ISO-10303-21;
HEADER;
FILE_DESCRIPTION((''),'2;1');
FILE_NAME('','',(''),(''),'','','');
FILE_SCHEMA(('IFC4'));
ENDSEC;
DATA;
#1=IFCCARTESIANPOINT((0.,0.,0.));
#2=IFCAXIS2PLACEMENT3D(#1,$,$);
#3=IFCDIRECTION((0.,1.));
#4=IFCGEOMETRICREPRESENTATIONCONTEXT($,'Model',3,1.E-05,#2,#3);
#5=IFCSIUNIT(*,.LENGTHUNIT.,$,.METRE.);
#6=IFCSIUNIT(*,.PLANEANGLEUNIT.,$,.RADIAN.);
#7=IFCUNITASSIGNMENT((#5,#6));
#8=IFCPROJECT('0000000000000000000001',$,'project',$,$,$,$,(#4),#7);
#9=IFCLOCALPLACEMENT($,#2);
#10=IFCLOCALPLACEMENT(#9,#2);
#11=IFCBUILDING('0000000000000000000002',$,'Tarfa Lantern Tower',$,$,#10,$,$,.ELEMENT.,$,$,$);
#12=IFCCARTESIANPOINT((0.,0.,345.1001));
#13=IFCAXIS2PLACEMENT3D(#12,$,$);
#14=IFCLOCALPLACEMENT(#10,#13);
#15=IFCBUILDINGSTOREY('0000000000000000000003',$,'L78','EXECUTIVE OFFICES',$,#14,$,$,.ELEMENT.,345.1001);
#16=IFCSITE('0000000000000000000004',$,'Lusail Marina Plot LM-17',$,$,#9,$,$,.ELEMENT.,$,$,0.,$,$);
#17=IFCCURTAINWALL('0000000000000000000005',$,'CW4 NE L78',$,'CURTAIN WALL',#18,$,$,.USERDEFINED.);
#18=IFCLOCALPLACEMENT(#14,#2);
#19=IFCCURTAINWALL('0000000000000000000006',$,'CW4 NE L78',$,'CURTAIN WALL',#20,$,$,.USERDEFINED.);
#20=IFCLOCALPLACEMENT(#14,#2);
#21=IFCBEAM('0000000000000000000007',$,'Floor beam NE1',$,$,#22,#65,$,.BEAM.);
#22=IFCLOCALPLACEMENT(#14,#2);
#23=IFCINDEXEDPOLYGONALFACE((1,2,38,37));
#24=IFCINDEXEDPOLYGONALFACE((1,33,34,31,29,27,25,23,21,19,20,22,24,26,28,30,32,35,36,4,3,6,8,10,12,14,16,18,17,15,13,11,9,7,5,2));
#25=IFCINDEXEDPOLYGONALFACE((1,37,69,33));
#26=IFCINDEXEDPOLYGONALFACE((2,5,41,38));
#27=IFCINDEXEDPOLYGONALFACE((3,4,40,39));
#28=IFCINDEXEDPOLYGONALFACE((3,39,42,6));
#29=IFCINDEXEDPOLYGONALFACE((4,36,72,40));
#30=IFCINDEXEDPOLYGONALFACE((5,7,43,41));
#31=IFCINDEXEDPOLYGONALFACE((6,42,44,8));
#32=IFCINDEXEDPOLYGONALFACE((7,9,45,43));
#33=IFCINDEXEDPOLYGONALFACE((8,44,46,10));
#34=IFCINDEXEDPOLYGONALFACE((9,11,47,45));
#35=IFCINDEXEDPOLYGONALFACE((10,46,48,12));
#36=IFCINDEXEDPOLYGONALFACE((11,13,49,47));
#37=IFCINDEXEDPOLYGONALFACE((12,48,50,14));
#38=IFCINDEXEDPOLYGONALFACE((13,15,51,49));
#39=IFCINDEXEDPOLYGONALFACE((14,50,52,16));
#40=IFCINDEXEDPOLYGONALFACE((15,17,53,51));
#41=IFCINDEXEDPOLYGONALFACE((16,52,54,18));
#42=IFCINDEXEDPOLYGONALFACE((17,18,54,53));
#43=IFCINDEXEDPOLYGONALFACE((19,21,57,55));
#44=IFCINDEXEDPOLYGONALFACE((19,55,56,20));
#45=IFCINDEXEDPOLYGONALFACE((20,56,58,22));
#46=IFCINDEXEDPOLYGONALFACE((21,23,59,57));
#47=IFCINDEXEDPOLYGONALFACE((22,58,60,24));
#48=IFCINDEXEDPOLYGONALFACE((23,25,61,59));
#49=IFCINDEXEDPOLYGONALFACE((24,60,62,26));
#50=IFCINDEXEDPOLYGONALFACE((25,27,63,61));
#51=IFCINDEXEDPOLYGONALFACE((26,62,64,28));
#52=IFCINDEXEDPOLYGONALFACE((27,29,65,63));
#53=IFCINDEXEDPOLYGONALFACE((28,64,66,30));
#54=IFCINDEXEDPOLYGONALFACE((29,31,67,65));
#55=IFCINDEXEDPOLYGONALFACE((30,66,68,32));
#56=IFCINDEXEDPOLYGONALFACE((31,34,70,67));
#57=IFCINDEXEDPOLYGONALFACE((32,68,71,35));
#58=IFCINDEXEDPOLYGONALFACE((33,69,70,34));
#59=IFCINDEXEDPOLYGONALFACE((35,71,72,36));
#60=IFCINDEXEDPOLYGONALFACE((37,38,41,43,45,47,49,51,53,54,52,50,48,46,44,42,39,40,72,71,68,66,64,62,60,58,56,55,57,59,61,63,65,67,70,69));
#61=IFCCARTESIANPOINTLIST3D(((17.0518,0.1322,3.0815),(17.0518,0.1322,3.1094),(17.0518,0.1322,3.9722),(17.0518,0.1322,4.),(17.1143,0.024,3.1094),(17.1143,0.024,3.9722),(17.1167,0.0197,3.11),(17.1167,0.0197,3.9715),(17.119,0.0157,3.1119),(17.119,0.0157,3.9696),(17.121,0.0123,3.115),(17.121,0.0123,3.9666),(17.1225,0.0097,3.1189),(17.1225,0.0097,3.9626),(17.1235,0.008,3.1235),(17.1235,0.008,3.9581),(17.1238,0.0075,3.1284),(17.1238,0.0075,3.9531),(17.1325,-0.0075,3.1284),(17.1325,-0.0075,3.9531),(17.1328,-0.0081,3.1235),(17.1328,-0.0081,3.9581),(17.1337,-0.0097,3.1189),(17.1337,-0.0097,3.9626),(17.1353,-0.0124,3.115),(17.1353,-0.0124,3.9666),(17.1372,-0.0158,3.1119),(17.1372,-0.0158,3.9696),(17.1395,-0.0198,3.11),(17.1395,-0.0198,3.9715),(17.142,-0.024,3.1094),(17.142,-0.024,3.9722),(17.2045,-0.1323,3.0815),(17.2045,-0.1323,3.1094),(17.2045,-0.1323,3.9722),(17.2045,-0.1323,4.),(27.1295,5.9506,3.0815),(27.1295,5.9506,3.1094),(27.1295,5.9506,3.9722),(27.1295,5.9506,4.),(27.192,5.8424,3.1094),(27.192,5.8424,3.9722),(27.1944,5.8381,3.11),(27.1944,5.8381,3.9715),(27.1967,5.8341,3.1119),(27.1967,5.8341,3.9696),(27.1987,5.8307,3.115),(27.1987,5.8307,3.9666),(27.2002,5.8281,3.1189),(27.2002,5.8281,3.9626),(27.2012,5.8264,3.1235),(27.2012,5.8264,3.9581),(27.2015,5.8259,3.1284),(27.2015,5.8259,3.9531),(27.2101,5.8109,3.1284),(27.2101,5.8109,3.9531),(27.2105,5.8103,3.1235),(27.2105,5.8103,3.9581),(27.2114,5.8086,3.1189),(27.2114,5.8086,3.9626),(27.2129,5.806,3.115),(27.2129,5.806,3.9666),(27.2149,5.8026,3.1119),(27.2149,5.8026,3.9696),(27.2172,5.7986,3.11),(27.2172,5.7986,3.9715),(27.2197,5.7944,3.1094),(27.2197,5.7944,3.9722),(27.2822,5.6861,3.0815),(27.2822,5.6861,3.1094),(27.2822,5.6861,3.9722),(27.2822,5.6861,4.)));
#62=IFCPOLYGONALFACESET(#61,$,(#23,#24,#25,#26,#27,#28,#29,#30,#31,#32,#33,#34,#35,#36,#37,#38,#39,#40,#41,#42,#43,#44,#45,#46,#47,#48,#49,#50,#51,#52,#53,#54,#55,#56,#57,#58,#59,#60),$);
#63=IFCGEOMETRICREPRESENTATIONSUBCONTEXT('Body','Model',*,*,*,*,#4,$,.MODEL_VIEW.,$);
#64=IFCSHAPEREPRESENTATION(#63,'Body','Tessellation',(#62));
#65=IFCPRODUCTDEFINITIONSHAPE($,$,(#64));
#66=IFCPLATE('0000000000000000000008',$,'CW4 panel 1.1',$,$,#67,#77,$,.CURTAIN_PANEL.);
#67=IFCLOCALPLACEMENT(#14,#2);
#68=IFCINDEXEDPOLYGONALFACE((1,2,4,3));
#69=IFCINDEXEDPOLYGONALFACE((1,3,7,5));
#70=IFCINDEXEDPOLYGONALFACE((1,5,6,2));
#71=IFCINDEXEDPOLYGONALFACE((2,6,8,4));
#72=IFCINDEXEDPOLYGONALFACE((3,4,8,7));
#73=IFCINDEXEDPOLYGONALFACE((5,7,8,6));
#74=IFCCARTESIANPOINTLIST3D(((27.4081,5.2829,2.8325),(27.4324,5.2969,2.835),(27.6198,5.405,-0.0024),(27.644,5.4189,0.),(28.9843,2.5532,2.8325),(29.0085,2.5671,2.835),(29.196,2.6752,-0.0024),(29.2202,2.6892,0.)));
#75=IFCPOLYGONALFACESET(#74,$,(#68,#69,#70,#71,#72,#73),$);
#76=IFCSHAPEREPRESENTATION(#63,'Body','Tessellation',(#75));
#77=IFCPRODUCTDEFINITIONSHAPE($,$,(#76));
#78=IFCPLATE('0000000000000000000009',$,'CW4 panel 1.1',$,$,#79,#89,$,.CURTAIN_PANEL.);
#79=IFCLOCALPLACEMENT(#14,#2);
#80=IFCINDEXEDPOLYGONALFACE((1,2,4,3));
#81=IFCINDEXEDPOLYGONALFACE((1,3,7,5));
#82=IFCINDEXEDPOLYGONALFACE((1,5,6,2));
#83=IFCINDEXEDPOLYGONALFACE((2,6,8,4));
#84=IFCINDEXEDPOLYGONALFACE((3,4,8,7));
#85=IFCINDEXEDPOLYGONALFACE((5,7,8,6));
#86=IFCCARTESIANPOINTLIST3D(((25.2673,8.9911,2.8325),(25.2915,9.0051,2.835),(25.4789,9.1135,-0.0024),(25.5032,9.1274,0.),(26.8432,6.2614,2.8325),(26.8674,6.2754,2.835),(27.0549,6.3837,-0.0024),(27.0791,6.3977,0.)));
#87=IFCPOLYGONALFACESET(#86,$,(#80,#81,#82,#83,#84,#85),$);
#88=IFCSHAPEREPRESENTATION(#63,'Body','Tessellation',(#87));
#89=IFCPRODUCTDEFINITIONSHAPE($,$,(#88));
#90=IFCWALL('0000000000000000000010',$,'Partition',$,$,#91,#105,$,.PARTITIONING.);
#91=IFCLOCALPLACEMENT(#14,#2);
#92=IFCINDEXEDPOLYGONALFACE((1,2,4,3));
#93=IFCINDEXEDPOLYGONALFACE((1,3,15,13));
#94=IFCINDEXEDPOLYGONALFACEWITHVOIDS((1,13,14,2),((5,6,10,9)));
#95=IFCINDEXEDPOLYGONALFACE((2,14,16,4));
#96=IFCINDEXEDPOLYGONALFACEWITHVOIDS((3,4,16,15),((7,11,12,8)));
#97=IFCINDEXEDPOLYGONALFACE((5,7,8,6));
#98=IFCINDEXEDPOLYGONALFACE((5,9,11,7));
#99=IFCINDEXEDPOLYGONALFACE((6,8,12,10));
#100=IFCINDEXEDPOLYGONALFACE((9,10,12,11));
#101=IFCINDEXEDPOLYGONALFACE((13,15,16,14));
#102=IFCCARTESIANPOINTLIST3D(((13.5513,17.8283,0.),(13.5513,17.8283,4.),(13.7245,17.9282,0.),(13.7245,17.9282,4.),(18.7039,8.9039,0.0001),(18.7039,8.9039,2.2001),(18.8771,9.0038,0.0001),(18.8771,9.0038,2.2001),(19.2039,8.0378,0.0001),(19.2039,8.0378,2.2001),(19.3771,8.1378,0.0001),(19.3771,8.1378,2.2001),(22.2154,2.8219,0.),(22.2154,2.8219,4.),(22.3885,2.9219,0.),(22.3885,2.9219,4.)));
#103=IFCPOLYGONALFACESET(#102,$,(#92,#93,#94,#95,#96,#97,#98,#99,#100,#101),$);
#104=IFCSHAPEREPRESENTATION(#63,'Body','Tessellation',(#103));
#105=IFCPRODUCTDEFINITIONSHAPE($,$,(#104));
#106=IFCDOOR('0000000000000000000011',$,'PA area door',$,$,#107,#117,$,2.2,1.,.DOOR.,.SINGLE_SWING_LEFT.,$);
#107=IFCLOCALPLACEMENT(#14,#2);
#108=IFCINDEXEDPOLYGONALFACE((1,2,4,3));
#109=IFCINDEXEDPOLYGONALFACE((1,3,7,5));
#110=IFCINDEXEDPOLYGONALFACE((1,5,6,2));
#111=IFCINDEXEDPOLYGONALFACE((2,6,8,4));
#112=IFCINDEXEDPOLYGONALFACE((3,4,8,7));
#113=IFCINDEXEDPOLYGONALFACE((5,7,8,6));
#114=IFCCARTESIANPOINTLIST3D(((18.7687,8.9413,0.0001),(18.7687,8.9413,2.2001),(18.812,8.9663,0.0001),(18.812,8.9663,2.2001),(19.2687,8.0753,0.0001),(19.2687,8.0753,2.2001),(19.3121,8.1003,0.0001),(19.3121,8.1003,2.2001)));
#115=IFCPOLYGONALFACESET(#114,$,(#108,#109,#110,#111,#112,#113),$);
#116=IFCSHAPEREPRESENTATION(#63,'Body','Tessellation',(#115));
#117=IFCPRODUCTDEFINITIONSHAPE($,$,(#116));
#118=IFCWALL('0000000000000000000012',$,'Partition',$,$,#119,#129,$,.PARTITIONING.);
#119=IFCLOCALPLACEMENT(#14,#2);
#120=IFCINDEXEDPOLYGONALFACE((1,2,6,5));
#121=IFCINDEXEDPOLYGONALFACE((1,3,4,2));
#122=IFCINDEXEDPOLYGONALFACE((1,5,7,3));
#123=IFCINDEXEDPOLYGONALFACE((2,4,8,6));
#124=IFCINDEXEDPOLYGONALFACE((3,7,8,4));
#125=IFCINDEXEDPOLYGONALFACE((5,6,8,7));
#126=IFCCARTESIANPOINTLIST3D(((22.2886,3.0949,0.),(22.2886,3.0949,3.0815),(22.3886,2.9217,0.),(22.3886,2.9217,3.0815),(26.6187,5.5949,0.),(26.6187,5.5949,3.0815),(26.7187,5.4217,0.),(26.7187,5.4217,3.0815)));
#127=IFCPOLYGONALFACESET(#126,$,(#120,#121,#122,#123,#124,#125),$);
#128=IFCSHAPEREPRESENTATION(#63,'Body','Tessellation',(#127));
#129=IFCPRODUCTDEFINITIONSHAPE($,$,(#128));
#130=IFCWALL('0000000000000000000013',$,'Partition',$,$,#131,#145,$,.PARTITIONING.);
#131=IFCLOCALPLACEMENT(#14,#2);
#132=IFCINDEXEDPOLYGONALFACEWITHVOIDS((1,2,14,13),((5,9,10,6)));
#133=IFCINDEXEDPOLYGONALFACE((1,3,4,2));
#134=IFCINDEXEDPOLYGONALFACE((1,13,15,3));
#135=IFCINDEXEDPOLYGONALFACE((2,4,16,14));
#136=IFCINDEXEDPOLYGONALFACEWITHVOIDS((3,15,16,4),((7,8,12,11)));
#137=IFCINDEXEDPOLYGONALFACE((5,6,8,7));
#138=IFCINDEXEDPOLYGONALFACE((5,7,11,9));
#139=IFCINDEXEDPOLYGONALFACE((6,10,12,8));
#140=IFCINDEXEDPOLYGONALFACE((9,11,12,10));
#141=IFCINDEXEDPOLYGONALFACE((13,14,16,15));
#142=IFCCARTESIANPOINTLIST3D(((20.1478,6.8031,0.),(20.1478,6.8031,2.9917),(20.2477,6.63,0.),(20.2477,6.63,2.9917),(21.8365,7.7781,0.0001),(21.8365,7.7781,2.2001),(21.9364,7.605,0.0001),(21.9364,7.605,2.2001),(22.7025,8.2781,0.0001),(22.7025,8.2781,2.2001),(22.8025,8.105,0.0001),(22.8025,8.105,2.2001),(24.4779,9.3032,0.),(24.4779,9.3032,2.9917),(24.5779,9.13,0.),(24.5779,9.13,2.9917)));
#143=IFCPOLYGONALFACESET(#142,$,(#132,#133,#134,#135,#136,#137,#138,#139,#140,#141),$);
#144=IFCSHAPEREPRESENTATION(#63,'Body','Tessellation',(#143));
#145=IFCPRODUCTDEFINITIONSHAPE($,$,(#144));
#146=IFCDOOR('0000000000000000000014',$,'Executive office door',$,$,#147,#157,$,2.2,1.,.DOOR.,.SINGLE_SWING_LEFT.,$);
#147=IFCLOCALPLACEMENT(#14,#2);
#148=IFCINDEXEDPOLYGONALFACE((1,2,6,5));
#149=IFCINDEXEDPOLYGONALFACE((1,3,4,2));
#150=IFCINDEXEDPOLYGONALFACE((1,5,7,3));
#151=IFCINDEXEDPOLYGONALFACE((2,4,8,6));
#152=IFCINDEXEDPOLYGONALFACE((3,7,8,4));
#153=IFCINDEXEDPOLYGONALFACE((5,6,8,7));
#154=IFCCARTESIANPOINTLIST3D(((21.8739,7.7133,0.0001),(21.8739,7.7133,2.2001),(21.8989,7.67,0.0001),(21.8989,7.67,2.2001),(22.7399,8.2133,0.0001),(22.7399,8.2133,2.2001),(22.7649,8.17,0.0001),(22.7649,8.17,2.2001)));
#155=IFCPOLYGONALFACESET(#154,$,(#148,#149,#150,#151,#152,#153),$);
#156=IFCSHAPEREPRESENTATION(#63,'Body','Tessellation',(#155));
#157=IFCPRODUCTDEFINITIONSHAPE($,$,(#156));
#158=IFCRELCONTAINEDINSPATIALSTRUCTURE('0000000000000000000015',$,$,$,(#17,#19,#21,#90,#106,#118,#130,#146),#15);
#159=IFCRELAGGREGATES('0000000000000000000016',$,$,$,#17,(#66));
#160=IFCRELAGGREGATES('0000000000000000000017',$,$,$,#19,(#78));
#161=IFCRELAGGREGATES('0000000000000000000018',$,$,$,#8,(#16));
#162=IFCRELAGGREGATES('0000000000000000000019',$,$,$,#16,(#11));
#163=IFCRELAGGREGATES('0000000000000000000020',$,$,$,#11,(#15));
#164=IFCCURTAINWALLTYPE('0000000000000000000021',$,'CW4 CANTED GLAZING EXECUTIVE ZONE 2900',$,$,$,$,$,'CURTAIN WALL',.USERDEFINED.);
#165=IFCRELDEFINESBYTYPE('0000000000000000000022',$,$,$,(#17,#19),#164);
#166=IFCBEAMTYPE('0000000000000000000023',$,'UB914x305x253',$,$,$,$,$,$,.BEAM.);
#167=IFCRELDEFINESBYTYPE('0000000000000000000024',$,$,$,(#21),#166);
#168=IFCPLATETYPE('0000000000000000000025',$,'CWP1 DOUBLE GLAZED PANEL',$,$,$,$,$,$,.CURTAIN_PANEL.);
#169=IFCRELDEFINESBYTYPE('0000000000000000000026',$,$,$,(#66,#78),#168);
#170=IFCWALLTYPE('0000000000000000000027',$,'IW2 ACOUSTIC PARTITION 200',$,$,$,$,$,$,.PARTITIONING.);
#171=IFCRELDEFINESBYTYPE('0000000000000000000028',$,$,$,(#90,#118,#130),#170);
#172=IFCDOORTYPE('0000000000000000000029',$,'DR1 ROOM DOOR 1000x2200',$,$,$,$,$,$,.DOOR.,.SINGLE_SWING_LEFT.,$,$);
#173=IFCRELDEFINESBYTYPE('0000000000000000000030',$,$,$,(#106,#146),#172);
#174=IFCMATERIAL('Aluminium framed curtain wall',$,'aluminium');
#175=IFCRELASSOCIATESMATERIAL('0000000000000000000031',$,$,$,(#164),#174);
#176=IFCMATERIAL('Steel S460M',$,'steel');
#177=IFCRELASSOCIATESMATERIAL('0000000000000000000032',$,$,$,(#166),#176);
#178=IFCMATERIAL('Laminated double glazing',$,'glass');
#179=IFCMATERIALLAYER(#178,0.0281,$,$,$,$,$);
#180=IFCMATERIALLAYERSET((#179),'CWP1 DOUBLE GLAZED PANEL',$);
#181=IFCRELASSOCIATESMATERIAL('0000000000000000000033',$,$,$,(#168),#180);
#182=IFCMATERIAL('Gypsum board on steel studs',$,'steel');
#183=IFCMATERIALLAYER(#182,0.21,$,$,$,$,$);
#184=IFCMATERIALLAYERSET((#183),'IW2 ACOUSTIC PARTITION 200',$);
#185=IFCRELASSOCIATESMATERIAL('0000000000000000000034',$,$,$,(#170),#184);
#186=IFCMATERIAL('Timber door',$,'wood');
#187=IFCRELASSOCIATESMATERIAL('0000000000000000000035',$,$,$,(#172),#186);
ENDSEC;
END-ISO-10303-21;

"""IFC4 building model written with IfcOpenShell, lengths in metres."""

from ifc_helpers import new_model, si_unit, direction, frame, frame_2d, origin, origin_2d, place, context, subcontext, project, spatial, polyline, rectangle, i_section, outline, extrude, material, layer, layer_set, material_profile, profile_set, type_object, element, fill, aggregate, save


model = new_model("IFC4")

# Units and contexts
model_context = context("Model", 3, precision=1e-05, world=origin(), true_north=direction((0.0, 1.0)))
body_context = subcontext(model_context, "Body", "Model", "MODEL_VIEW")
ifc_project = project(units=[si_unit("LENGTHUNIT", "METRE"), si_unit("PLANEANGLEUNIT", "RADIAN")], contexts=[model_context])

# Site, building, storey
site_placement = place(None, origin())
site = spatial("IfcSite", under=ifc_project, at=site_placement, Name="Lusail Marina Plot LM-17", CompositionType="ELEMENT", RefElevation=0.0)
building_placement = place(site_placement, origin())
building = spatial("IfcBuilding", under=site, at=building_placement, Name="Tarfa Lantern Tower", CompositionType="ELEMENT")
storey_placement = place(building_placement, frame((0.0, 0.0, 345.1001)))
storey = spatial("IfcBuildingStorey", under=building, at=storey_placement, Name="L78", Description="EXECUTIVE OFFICES", CompositionType="ELEMENT", Elevation=345.1001)

# Curtain walls
ifc_material_1 = material(Name="Aluminium framed curtain wall", Category="aluminium")
curtain_wall_type = type_object("IfcCurtainWallType", Name="CW4 CANTED GLAZING EXECUTIVE ZONE 2900", ElementType="CURTAIN WALL", PredefinedType="USERDEFINED", material=ifc_material_1)
curtain_wall_1_placement = place(storey_placement, origin())
curtain_wall_1 = element("IfcCurtainWall", 1, at=curtain_wall_1_placement, inside=storey, type_object=curtain_wall_type, Name="CW4 NE L78", ObjectType="CURTAIN WALL", PredefinedType="USERDEFINED")
curtain_wall_2_placement = place(storey_placement, origin())
curtain_wall_2 = element("IfcCurtainWall", 2, at=curtain_wall_2_placement, inside=storey, type_object=curtain_wall_type, Name="CW4 NE L78", ObjectType="CURTAIN WALL", PredefinedType="USERDEFINED")

# Beam
ifc_material_2 = material(Name="Steel S460M", Category="steel")
ifc_material_profile_1 = material_profile(ifc_material_2, i_section(OverallWidth=0.3054, OverallDepth=0.9185, WebThickness=0.0173, FlangeThickness=0.0278, FilletRadius=0.019, at=origin_2d()), Name="UB914x305x253")
ifc_profile_set_1 = profile_set([ifc_material_profile_1], Name="Steel S460M")
beam_type_1 = type_object("IfcBeamType", Name="UB914x305x253", PredefinedType="BEAM", material=ifc_profile_set_1)
beam_1_placement = place(storey_placement, frame((27.2058, 5.8184, 3.5408), z_axis=(-0.866024, -0.500002, 0.0), x_axis=(0.500002, -0.866024, 0.0)))
element("IfcBeam", 3, at=beam_1_placement, inside=storey, type_object=beam_type_1, Name="Floor beam NE1", PredefinedType="BEAM", context=body_context, shape_type="SweptSolid", body=[
    extrude(i_section(OverallWidth=0.3054, OverallDepth=0.9185, WebThickness=0.0173, FlangeThickness=0.0278, FilletRadius=0.019, at=origin_2d()), origin(), (0.0, 0.0, 1.0), 11.6367),
])

# Plates
ifc_material_3 = material(Name="Laminated double glazing", Category="glass")
ifc_layer_1 = layer(ifc_material_3, 0.0281)
ifc_layer_set_1 = layer_set([ifc_layer_1], Name="CWP1 DOUBLE GLAZED PANEL")
plate_type = type_object("IfcPlateType", Name="CWP1 DOUBLE GLAZED PANEL", PredefinedType="CURTAIN_PANEL", material=ifc_layer_set_1)
plate_1_placement = place(storey_placement, frame((29.2202, 2.6892, 0.0), z_axis=(0.862805, 0.498191, 0.085872), x_axis=(-0.500038, 0.866004, 0.0)))
plate_1 = element("IfcPlate", 4, at=plate_1_placement, type_object=plate_type, Name="CW4 panel 1.1", PredefinedType="CURTAIN_PANEL", context=body_context, shape_type="SweptSolid", body=[
    extrude(outline(polyline([(0.0, 0.0), (3.1521, 0.0), (3.1522, 2.8455), (0.0001, 2.8455), (0.0, 0.0)])), origin(), (0.0, 0.0, -1.0), 0.0281),
])
aggregate(curtain_wall_1, [plate_1])
plate_2_placement = place(storey_placement, frame((27.0791, 6.3977, 0.0), z_axis=(0.862835, 0.498131, 0.085915), x_axis=(-0.499979, 0.866037, 0.0)))
plate_2 = element("IfcPlate", 5, at=plate_2_placement, type_object=plate_type, Name="CW4 panel 1.1", PredefinedType="CURTAIN_PANEL", context=body_context, shape_type="SweptSolid", body=[
    extrude(outline(polyline([(0.0, 0.0), (3.152, 0.0), (3.1519, 2.8455), (-0.0001, 2.8455), (0.0, 0.0)])), origin(), (0.0, 0.0, -1.0), 0.0281),
])
aggregate(curtain_wall_2, [plate_2])

# Wall, opening, door
ifc_material_4 = material(Name="Gypsum board on steel studs", Category="steel")
ifc_layer_2 = layer(ifc_material_4, 0.21)
ifc_layer_set_2 = layer_set([ifc_layer_2], Name="IW2 ACOUSTIC PARTITION 200")
wall_type = type_object("IfcWallType", Name="IW2 ACOUSTIC PARTITION 200", PredefinedType="PARTITIONING", material=ifc_layer_set_2)
wall_1_placement = place(storey_placement, frame((22.302, 2.8718, 0.0), z_axis=(0.0, 0.0, 1.0), x_axis=(-0.500006, 0.866022, 0.0)))
wall_1 = element("IfcWall", 6, at=wall_1_placement, inside=storey, type_object=wall_type, Name="Partition", PredefinedType="PARTITIONING", context=body_context, shape_type="SweptSolid", body=[
    extrude(rectangle(XDim=17.3279, YDim=0.2, at=frame_2d((8.6641, 0.0))), origin(), (0.0, 0.0, 1.0), 4.0),
])
opening_1_placement = place(wall_1_placement, frame((6.0229, 0.0, 0.0)))
opening_1 = element("IfcOpeningElement", 7, at=opening_1_placement, cuts=wall_1, PredefinedType="OPENING", context=body_context, shape_type="SweptSolid", body=[
    extrude(rectangle(XDim=1.0, YDim=2.2, at=frame_2d((0.5, 1.1001))), frame((0.0, 0.1099, 0.0), z_axis=(0.0, -1.0, 0.0), x_axis=(1.0, 0.0, 0.0)), (0.0, 0.0, 1.0), 0.22),
])
ifc_material_5 = material(Name="Timber door", Category="wood")
door_type = type_object("IfcDoorType", Name="DR1 ROOM DOOR 1000x2200", OperationType="SINGLE_SWING_LEFT", PredefinedType="DOOR", material=ifc_material_5)
door_1_placement = place(opening_1_placement, frame((1.0, 0.0, 0.0), z_axis=(0.0, 0.0, 1.0), x_axis=(-1.0, 0.0, 0.0)))
door_1 = element("IfcDoor", 8, at=door_1_placement, inside=storey, type_object=door_type, Name="PA area door", OperationType="SINGLE_SWING_LEFT", OverallHeight=2.2, OverallWidth=1.0, PredefinedType="DOOR", context=body_context, shape_type="SweptSolid", body=[
    extrude(rectangle(XDim=1.0, YDim=2.2, at=frame_2d((0.5, 1.1001))), frame((0.0, 0.0249, 0.0), z_axis=(0.0, -1.0, 0.0), x_axis=(1.0, 0.0, 0.0)), (0.0, 0.0, 1.0), 0.05),
])
fill(opening_1, door_1)

# Wall
wall_2_placement = place(storey_placement, frame((22.3386, 3.0083, 0.0), z_axis=(0.0, 0.0, 1.0), x_axis=(0.866023, 0.500004, 0.0)))
element("IfcWall", 9, at=wall_2_placement, inside=storey, type_object=wall_type, Name="Partition", PredefinedType="PARTITIONING", context=body_context, shape_type="SweptSolid", body=[
    extrude(rectangle(XDim=5.0, YDim=0.2, at=frame_2d((2.5, 0.0))), origin(), (0.0, 0.0, 1.0), 3.0815),
])

# Wall, opening, door
wall_3_placement = place(storey_placement, frame((20.1978, 6.7166, 0.0), z_axis=(0.0, 0.0, 1.0), x_axis=(0.866023, 0.500004, 0.0)))
wall_3 = element("IfcWall", 10, at=wall_3_placement, inside=storey, type_object=wall_type, Name="Partition", PredefinedType="PARTITIONING", context=body_context, shape_type="SweptSolid", body=[
    extrude(rectangle(XDim=5.0, YDim=0.2, at=frame_2d((2.5, 0.0))), origin(), (0.0, 0.0, 1.0), 2.9917),
])
opening_2_placement = place(wall_3_placement, frame((1.95, 0.0, 0.0)))
opening_2 = element("IfcOpeningElement", 11, at=opening_2_placement, cuts=wall_3, PredefinedType="OPENING", context=body_context, shape_type="SweptSolid", body=[
    extrude(rectangle(XDim=1.0, YDim=2.2, at=frame_2d((0.5, 1.1001))), frame((0.0, 0.1099, 0.0), z_axis=(0.0, -1.0, 0.0), x_axis=(1.0, 0.0, 0.0)), (0.0, 0.0, 1.0), 0.22),
])
door_2_placement = place(opening_2_placement, frame((1.0, 0.0, 0.0), z_axis=(0.0, 0.0, 1.0), x_axis=(-1.0, 0.0, 0.0)))
door_2 = element("IfcDoor", 12, at=door_2_placement, inside=storey, type_object=door_type, Name="Executive office door", OperationType="SINGLE_SWING_LEFT", OverallHeight=2.2, OverallWidth=1.0, PredefinedType="DOOR", context=body_context, shape_type="SweptSolid", body=[
    extrude(rectangle(XDim=1.0, YDim=2.2, at=frame_2d((0.5, 1.1001))), frame((0.0, 0.0249, 0.0), z_axis=(0.0, -1.0, 0.0), x_axis=(1.0, 0.0, 0.0)), (0.0, 0.0, 1.0), 0.05),
])
fill(opening_2, door_2)

save(model, "model.ifc")
